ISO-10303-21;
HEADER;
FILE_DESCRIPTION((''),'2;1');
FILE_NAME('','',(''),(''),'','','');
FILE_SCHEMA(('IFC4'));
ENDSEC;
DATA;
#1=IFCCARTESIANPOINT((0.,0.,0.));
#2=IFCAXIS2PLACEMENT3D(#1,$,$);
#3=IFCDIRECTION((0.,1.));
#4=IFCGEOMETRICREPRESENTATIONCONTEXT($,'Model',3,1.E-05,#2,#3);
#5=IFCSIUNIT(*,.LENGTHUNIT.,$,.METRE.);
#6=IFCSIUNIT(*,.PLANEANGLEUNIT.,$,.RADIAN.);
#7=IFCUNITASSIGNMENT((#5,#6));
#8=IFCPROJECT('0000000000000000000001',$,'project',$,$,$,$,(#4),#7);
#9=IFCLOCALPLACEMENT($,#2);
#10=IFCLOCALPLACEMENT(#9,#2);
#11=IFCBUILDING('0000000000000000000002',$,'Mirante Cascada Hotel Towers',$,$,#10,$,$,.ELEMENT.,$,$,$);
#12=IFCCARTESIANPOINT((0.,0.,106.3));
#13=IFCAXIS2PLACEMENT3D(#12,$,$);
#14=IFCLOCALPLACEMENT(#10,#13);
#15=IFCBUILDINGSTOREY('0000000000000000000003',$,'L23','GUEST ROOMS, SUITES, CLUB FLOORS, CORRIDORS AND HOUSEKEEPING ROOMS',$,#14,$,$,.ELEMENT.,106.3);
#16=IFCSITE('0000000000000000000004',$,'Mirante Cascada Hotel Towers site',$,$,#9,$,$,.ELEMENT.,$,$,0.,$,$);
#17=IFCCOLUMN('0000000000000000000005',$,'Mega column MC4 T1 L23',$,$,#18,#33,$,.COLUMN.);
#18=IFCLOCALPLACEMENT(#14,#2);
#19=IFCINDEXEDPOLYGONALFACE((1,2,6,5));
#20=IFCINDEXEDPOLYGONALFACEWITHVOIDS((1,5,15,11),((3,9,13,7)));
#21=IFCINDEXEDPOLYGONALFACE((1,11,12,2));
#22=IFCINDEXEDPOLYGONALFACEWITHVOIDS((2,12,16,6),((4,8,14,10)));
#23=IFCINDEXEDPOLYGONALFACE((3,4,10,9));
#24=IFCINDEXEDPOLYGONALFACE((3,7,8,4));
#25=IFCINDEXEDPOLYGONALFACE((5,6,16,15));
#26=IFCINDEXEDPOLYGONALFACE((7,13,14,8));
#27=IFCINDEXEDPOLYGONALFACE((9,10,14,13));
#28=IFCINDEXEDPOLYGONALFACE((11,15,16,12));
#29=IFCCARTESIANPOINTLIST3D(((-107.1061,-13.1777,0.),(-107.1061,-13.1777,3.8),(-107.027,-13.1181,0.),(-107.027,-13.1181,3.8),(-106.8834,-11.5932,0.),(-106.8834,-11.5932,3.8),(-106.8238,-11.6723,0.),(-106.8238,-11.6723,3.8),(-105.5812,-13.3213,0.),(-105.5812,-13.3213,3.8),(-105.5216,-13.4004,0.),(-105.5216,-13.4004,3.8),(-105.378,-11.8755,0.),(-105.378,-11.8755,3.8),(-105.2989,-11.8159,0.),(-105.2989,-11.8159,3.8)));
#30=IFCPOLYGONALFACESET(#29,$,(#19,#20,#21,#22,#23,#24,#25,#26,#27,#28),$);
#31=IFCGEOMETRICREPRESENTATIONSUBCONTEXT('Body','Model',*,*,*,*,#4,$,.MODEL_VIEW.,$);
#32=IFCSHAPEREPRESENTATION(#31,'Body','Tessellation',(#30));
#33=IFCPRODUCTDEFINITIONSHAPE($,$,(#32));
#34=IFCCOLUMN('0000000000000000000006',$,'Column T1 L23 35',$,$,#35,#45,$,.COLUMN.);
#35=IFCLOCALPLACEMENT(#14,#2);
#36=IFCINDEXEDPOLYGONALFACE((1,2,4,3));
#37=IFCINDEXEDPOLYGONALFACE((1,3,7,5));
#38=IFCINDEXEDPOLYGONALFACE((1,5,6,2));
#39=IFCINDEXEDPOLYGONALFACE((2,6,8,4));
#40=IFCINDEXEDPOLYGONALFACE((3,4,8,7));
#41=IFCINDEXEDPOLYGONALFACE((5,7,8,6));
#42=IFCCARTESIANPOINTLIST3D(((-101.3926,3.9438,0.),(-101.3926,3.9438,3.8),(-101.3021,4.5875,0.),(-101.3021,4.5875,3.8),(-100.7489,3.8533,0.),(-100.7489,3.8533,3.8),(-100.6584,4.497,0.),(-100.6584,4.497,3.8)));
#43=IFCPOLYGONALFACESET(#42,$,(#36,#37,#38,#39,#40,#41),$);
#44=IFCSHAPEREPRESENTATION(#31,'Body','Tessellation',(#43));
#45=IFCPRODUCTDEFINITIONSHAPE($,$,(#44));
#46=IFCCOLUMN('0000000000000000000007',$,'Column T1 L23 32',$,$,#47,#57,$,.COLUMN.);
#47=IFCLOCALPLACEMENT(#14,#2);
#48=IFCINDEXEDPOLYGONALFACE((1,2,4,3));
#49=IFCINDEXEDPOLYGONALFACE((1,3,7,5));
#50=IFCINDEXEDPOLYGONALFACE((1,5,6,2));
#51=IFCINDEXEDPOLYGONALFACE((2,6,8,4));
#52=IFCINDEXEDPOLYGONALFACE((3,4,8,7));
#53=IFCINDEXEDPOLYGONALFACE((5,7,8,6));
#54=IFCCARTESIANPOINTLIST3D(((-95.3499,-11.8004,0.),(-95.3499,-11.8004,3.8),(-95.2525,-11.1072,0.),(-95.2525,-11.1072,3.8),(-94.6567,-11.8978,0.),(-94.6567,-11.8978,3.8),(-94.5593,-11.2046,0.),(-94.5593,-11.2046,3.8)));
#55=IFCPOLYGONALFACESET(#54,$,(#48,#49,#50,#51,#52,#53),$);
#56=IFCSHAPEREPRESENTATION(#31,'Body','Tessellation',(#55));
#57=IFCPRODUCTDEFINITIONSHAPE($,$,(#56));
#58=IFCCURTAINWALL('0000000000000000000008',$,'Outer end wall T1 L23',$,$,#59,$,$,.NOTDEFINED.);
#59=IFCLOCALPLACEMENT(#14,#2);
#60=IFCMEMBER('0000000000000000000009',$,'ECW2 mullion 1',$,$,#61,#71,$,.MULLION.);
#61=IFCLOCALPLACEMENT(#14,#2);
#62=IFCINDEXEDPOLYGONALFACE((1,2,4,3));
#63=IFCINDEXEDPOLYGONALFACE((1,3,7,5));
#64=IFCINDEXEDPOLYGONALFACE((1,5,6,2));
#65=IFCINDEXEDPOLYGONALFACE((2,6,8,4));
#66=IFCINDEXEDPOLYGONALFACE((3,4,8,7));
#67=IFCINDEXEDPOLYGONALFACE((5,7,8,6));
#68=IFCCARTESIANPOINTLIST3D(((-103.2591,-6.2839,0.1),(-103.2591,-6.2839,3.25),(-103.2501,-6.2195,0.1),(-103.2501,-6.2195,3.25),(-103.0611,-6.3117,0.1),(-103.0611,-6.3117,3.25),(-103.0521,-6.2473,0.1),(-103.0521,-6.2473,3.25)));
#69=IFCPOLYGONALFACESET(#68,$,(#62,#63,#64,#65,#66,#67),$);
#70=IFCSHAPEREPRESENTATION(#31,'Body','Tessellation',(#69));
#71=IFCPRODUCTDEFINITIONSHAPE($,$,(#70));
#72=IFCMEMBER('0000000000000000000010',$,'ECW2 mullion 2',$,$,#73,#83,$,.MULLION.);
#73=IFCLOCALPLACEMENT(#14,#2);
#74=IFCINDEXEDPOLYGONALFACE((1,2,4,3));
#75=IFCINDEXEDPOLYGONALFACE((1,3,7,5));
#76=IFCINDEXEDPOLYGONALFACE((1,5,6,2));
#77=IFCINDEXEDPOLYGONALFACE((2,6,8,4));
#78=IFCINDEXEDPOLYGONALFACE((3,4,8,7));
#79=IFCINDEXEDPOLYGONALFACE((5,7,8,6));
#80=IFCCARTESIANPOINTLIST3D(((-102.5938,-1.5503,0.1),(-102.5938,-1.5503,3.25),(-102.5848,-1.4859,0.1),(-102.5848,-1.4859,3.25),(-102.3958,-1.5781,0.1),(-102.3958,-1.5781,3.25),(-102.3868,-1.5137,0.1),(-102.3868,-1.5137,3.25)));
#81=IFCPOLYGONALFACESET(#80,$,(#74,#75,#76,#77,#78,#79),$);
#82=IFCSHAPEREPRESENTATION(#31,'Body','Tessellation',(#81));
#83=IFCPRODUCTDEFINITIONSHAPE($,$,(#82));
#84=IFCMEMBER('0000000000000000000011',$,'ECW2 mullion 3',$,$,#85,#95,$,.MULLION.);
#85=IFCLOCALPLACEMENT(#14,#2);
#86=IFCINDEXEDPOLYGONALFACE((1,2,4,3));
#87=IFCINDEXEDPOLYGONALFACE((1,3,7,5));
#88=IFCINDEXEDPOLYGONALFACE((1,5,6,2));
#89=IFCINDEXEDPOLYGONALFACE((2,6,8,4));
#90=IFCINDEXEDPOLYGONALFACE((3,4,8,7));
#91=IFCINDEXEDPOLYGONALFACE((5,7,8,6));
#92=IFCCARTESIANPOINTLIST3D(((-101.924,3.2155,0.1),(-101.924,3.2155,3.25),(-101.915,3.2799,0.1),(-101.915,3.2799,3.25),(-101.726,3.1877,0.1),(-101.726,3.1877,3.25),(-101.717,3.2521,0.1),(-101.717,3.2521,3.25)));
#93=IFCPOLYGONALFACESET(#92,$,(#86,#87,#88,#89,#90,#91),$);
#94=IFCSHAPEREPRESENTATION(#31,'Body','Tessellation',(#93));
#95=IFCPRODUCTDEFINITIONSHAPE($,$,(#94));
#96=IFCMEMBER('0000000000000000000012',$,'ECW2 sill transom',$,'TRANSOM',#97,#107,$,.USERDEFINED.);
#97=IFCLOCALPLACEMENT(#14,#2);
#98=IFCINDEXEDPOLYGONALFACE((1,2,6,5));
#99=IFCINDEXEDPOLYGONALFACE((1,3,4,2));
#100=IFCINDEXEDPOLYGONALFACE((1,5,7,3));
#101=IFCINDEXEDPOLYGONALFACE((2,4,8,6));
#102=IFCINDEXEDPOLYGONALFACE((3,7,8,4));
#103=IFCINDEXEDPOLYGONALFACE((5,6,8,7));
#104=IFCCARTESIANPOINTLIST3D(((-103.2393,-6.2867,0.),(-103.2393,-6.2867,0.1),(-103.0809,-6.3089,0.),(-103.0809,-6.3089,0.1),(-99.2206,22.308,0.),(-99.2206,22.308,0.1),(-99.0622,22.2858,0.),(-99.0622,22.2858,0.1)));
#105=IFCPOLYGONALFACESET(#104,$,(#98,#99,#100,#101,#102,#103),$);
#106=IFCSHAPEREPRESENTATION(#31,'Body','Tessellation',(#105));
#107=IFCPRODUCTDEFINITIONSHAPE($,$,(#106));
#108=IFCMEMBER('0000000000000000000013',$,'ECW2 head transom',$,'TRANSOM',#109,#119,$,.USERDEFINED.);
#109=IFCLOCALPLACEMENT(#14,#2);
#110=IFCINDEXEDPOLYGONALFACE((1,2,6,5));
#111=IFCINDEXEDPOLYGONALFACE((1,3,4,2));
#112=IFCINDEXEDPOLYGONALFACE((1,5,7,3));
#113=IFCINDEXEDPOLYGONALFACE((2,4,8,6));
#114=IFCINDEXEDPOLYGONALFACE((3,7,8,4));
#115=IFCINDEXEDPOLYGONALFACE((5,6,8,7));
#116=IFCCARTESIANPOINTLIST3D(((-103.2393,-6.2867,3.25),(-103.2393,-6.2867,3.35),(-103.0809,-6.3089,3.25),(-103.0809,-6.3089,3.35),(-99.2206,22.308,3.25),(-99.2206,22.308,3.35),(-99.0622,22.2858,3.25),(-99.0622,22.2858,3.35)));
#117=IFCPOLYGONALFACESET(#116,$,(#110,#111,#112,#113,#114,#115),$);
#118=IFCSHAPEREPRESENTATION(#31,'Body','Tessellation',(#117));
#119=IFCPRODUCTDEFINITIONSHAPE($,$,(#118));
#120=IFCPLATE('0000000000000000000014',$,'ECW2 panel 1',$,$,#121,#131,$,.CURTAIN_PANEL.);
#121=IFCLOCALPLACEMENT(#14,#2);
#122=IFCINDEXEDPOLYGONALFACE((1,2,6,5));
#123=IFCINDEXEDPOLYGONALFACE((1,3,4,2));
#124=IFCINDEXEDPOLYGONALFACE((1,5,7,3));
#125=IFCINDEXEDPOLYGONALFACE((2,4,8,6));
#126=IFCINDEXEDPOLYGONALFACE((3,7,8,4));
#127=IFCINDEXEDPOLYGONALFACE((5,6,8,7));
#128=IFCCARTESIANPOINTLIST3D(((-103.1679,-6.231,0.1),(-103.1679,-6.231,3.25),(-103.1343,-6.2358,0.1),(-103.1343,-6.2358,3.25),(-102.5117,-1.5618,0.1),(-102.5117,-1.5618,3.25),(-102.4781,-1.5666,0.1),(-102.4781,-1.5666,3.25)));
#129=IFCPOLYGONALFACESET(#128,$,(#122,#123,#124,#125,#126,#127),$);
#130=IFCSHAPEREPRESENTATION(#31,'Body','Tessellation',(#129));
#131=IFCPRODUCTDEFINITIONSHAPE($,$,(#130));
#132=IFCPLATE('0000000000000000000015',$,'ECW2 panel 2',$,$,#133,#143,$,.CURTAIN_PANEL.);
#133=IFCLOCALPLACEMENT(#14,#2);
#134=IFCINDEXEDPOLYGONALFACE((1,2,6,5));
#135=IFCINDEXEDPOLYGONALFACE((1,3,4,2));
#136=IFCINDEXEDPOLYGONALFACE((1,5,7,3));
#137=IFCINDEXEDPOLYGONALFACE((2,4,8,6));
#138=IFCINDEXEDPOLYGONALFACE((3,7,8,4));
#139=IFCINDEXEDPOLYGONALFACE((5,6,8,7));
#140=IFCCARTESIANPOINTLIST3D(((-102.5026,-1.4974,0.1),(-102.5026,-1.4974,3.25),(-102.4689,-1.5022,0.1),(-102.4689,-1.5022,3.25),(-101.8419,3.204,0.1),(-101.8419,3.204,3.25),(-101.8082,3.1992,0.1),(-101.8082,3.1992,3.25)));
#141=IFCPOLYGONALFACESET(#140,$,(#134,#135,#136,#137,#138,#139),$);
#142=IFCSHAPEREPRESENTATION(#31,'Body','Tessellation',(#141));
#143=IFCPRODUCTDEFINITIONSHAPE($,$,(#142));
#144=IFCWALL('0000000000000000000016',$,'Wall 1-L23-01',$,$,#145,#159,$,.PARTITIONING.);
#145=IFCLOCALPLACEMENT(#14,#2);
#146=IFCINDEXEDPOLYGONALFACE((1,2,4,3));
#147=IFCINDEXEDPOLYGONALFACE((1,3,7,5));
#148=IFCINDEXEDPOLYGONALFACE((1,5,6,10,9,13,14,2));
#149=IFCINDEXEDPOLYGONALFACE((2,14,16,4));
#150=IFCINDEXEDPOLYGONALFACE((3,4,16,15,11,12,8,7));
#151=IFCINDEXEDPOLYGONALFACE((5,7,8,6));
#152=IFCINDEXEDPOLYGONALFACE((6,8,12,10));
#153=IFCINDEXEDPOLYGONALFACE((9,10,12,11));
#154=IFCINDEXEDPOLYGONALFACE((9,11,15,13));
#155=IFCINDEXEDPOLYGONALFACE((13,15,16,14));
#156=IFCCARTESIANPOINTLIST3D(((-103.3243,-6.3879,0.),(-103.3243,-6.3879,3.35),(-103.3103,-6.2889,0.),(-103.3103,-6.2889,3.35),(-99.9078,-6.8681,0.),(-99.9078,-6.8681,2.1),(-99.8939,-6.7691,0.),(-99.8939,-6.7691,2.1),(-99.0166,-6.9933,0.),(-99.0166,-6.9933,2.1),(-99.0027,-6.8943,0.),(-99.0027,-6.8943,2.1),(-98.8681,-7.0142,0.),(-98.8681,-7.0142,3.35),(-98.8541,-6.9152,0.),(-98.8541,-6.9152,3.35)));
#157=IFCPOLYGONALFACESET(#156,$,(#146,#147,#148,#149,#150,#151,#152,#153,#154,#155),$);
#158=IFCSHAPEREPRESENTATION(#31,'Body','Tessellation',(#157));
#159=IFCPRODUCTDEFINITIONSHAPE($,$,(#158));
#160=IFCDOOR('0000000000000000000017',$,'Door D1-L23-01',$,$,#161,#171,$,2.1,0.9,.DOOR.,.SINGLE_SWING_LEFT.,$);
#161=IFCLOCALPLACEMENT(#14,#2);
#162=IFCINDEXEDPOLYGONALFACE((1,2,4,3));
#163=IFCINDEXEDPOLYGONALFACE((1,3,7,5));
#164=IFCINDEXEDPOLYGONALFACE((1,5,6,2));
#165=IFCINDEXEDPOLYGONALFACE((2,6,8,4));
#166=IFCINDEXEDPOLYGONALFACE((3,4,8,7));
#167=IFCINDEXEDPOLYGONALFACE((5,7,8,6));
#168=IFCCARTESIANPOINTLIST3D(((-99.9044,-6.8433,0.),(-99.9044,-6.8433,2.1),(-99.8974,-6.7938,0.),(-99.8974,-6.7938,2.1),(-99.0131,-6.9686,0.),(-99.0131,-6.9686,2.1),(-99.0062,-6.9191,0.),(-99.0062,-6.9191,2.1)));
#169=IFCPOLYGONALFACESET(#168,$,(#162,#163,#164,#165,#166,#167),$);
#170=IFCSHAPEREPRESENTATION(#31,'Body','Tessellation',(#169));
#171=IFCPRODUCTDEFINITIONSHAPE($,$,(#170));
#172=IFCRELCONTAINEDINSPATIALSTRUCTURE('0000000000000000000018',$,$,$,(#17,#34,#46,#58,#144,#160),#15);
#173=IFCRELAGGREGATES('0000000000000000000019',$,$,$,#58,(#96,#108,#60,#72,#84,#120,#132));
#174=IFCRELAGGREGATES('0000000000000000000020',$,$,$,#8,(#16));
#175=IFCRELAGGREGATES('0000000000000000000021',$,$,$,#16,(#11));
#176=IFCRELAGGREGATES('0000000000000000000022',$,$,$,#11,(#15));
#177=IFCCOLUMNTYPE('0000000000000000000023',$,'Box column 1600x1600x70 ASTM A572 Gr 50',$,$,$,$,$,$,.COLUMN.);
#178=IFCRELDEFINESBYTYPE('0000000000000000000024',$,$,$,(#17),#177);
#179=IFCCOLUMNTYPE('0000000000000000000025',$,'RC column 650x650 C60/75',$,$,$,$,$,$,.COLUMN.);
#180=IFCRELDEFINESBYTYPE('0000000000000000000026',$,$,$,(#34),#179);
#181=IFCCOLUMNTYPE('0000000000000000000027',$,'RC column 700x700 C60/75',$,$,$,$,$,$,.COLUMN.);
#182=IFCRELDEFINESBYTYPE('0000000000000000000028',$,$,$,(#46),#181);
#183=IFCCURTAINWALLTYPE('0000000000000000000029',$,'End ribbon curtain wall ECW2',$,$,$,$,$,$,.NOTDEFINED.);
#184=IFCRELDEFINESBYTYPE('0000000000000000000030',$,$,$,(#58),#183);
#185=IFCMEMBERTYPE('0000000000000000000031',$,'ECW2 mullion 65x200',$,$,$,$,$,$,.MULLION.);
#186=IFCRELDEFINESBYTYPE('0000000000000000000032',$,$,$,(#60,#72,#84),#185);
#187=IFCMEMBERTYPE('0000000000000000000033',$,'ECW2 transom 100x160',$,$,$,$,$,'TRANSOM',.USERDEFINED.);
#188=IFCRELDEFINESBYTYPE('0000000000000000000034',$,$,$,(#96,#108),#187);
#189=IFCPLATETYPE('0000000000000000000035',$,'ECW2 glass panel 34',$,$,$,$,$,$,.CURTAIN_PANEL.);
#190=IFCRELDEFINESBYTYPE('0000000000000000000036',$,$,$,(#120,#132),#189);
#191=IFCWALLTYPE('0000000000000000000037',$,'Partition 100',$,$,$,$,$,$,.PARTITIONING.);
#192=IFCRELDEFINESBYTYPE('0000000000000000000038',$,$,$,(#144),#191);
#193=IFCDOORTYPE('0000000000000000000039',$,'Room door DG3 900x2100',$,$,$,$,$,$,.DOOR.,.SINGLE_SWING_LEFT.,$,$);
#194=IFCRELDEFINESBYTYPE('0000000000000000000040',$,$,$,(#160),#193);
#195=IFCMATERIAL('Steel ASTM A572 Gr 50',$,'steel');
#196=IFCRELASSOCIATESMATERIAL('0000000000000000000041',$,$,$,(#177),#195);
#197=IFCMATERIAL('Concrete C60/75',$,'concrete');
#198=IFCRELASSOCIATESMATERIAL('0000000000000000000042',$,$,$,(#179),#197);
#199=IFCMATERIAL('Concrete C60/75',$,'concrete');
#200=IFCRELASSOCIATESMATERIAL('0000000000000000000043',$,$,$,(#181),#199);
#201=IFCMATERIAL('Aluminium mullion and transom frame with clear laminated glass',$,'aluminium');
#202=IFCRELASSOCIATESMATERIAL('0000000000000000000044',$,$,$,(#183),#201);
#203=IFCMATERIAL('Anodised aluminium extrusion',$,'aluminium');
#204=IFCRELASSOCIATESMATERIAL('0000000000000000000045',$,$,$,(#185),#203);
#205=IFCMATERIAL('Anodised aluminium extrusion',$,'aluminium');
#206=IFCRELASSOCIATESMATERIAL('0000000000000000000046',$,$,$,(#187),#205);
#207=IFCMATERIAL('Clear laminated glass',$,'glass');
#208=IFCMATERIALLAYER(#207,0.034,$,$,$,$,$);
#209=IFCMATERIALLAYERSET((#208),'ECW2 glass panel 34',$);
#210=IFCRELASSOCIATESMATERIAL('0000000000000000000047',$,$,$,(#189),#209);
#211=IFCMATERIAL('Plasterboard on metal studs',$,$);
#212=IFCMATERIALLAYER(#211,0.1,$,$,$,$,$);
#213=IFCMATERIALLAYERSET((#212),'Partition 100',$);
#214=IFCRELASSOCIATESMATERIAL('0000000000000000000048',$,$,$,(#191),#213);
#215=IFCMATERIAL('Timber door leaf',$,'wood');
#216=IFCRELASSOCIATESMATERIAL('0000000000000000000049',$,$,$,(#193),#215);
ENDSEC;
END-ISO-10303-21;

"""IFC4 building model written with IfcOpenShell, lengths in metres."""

from ifc_helpers import new_model, si_unit, direction, frame, frame_2d, origin, origin_2d, place, context, subcontext, project, spatial, rectangle, hollow_rectangle, extrude, material, layer, layer_set, material_profile, profile_set, type_object, element, fill, aggregate, save


model = new_model("IFC4")

# Units and contexts
model_context = context("Model", 3, precision=1e-05, world=origin(), true_north=direction((0.0, 1.0)))
body_context = subcontext(model_context, "Body", "Model", "MODEL_VIEW")
ifc_project = project(units=[si_unit("LENGTHUNIT", "METRE"), si_unit("PLANEANGLEUNIT", "RADIAN")], contexts=[model_context])

# Site, building, storey
site_placement = place(None, origin())
site = spatial("IfcSite", under=ifc_project, at=site_placement, Name="Mirante Cascada Hotel Towers site", CompositionType="ELEMENT", RefElevation=0.0)
building_placement = place(site_placement, origin())
building = spatial("IfcBuilding", under=site, at=building_placement, Name="Mirante Cascada Hotel Towers", CompositionType="ELEMENT")
storey_placement = place(building_placement, frame((0.0, 0.0, 106.3)))
storey = spatial("IfcBuildingStorey", under=building, at=storey_placement, Name="L23", Description="GUEST ROOMS, SUITES, CLUB FLOORS, CORRIDORS AND HOUSEKEEPING ROOMS", CompositionType="ELEMENT", Elevation=106.3)

# Columns
ifc_material_1 = material(Name="Steel ASTM A572 Gr 50", Category="steel")
ifc_material_profile_1 = material_profile(ifc_material_1, hollow_rectangle(XDim=1.6, YDim=1.6, WallThickness=0.07, at=origin_2d()), Name="Box column 1600x1600x70 ASTM A572 Gr 50")
ifc_profile_set_1 = profile_set([ifc_material_profile_1], Name="Steel ASTM A572 Gr 50")
column_type_1 = type_object("IfcColumnType", Name="Box column 1600x1600x70 ASTM A572 Gr 50", PredefinedType="COLUMN", material=ifc_profile_set_1)
column_1_placement = place(storey_placement, frame((-106.2025, -12.4968, 0.0), z_axis=(0.0, 0.0, 1.0), x_axis=(-0.990268, 0.139173, 0.0)))
element("IfcColumn", 1, at=column_1_placement, inside=storey, type_object=column_type_1, Name="Mega column MC4 T1 L23", PredefinedType="COLUMN", context=body_context, shape_type="SweptSolid", body=[
    extrude(hollow_rectangle(XDim=1.6, YDim=1.6, WallThickness=0.07, at=origin_2d()), origin(), (0.0, 0.0, 1.0), 3.8),
])
ifc_material_2 = material(Name="Concrete C60/75", Category="concrete")
ifc_material_profile_2 = material_profile(ifc_material_2, rectangle(XDim=0.65, YDim=0.65, at=origin_2d()), Name="RC column 650x650 C60/75")
ifc_profile_set_2 = profile_set([ifc_material_profile_2], Name="Concrete C60/75")
column_type_2 = type_object("IfcColumnType", Name="RC column 650x650 C60/75", PredefinedType="COLUMN", material=ifc_profile_set_2)
column_2_placement = place(storey_placement, frame((-101.0255, 4.2204, 0.0), z_axis=(0.0, 0.0, 1.0), x_axis=(-0.990268, 0.139173, 0.0)))
element("IfcColumn", 2, at=column_2_placement, inside=storey, type_object=column_type_2, Name="Column T1 L23 35", PredefinedType="COLUMN", context=body_context, shape_type="SweptSolid", body=[
    extrude(rectangle(XDim=0.65, YDim=0.65, at=origin_2d()), origin(), (0.0, 0.0, 1.0), 3.8),
])
ifc_material_3 = material(Name="Concrete C60/75", Category="concrete")
ifc_material_profile_3 = material_profile(ifc_material_3, rectangle(XDim=0.7, YDim=0.7, at=origin_2d()), Name="RC column 700x700 C60/75")
ifc_profile_set_3 = profile_set([ifc_material_profile_3], Name="Concrete C60/75")
column_type_3 = type_object("IfcColumnType", Name="RC column 700x700 C60/75", PredefinedType="COLUMN", material=ifc_profile_set_3)
column_3_placement = place(storey_placement, frame((-94.9546, -11.5025, 0.0), z_axis=(0.0, 0.0, 1.0), x_axis=(-0.990268, 0.139173, 0.0)))
element("IfcColumn", 3, at=column_3_placement, inside=storey, type_object=column_type_3, Name="Column T1 L23 32", PredefinedType="COLUMN", context=body_context, shape_type="SweptSolid", body=[
    extrude(rectangle(XDim=0.7, YDim=0.7, at=origin_2d()), origin(), (0.0, 0.0, 1.0), 3.8),
])

# Curtain wall, members, plates
ifc_material_4 = material(Name="Aluminium mullion and transom frame with clear laminated glass", Category="aluminium")
curtain_wall_type = type_object("IfcCurtainWallType", Name="End ribbon curtain wall ECW2", PredefinedType="NOTDEFINED", material=ifc_material_4)
curtain_wall_placement = place(storey_placement, origin())
curtain_wall = element("IfcCurtainWall", 4, at=curtain_wall_placement, inside=storey, type_object=curtain_wall_type, Name="Outer end wall T1 L23", PredefinedType="NOTDEFINED")
ifc_material_5 = material(Name="Anodised aluminium extrusion", Category="aluminium")
ifc_material_profile_4 = material_profile(ifc_material_5, rectangle(XDim=0.2, YDim=0.065, at=origin_2d()), Name="ECW2 MULLION 65x200")
ifc_profile_set_4 = profile_set([ifc_material_profile_4], Name="Anodised aluminium extrusion")
member_type_1 = type_object("IfcMemberType", Name="ECW2 mullion 65x200", PredefinedType="MULLION", material=ifc_profile_set_4)
member_1_placement = place(storey_placement, frame((-103.1556, -6.2656, 0.1), z_axis=(0.0, 0.0, 1.0), x_axis=(-0.990268, 0.139173, 0.0)))
member_1 = element("IfcMember", 5, at=member_1_placement, type_object=member_type_1, Name="ECW2 mullion 1", PredefinedType="MULLION", context=body_context, shape_type="SweptSolid", body=[
    extrude(rectangle(XDim=0.2, YDim=0.065, at=origin_2d()), origin(), (0.0, 0.0, 1.0), 3.15),
])
member_2_placement = place(storey_placement, frame((-102.4903, -1.532, 0.1), z_axis=(0.0, 0.0, 1.0), x_axis=(-0.990268, 0.139173, 0.0)))
member_2 = element("IfcMember", 6, at=member_2_placement, type_object=member_type_1, Name="ECW2 mullion 2", PredefinedType="MULLION", context=body_context, shape_type="SweptSolid", body=[
    extrude(rectangle(XDim=0.2, YDim=0.065, at=origin_2d()), origin(), (0.0, 0.0, 1.0), 3.15),
])
member_3_placement = place(storey_placement, frame((-101.8205, 3.2338, 0.1), z_axis=(0.0, 0.0, 1.0), x_axis=(-0.990268, 0.139173, 0.0)))
member_3 = element("IfcMember", 7, at=member_3_placement, type_object=member_type_1, Name="ECW2 mullion 3", PredefinedType="MULLION", context=body_context, shape_type="SweptSolid", body=[
    extrude(rectangle(XDim=0.2, YDim=0.065, at=origin_2d()), origin(), (0.0, 0.0, 1.0), 3.15),
])
ifc_material_6 = material(Name="Anodised aluminium extrusion", Category="aluminium")
ifc_material_profile_5 = material_profile(ifc_material_6, rectangle(XDim=0.16, YDim=0.1, at=origin_2d()), Name="ECW2 TRANSOM 100x160")
ifc_profile_set_5 = profile_set([ifc_material_profile_5], Name="Anodised aluminium extrusion")
member_type_2 = type_object("IfcMemberType", Name="ECW2 transom 100x160", ElementType="TRANSOM", PredefinedType="USERDEFINED", material=ifc_profile_set_5)
member_4_placement = place(storey_placement, frame((-103.1601, -6.2978, 0.05), z_axis=(0.139172, 0.990268, 0.0), x_axis=(-0.990268, 0.139172, 0.0)))
member_4 = element("IfcMember", 8, at=member_4_placement, type_object=member_type_2, Name="ECW2 sill transom", ObjectType="TRANSOM", PredefinedType="USERDEFINED", context=body_context, shape_type="SweptSolid", body=[
    extrude(rectangle(XDim=0.16, YDim=0.1, at=origin_2d()), origin(), (0.0, 0.0, 1.0), 28.8757),
])
member_5_placement = place(storey_placement, frame((-103.1601, -6.2978, 3.3), z_axis=(0.139172, 0.990268, 0.0), x_axis=(-0.990268, 0.139172, 0.0)))
member_5 = element("IfcMember", 9, at=member_5_placement, type_object=member_type_2, Name="ECW2 head transom", ObjectType="TRANSOM", PredefinedType="USERDEFINED", context=body_context, shape_type="SweptSolid", body=[
    extrude(rectangle(XDim=0.16, YDim=0.1, at=origin_2d()), origin(), (0.0, 0.0, 1.0), 28.8757),
])
ifc_material_7 = material(Name="Clear laminated glass", Category="glass")
ifc_layer_1 = layer(ifc_material_7, 0.034)
ifc_layer_set_1 = layer_set([ifc_layer_1], Name="ECW2 glass panel 34")
plate_type = type_object("IfcPlateType", Name="ECW2 glass panel 34", PredefinedType="CURTAIN_PANEL", material=ifc_layer_set_1)
plate_1_placement = place(storey_placement, frame((-102.823, -3.8988, 0.1), z_axis=(0.0, 0.0, 1.0), x_axis=(0.139173, 0.990268, 0.0)))
plate_1 = element("IfcPlate", 10, at=plate_1_placement, type_object=plate_type, Name="ECW2 panel 1", PredefinedType="CURTAIN_PANEL", context=body_context, shape_type="SweptSolid", body=[
    extrude(rectangle(XDim=4.7151, YDim=0.034, at=origin_2d()), origin(), (0.0, 0.0, 1.0), 3.15),
])
plate_2_placement = place(storey_placement, frame((-102.1554, 0.8509, 0.1), z_axis=(0.0, 0.0, 1.0), x_axis=(0.139173, 0.990268, 0.0)))
plate_2 = element("IfcPlate", 11, at=plate_2_placement, type_object=plate_type, Name="ECW2 panel 2", PredefinedType="CURTAIN_PANEL", context=body_context, shape_type="SweptSolid", body=[
    extrude(rectangle(XDim=4.7476, YDim=0.034, at=origin_2d()), origin(), (0.0, 0.0, 1.0), 3.15),
])
aggregate(curtain_wall, [member_4, member_5, member_1, member_2, member_3, plate_1, plate_2])

# Wall, opening, door
ifc_material_8 = material(Name="Plasterboard on metal studs")
ifc_layer_2 = layer(ifc_material_8, 0.1)
ifc_layer_set_2 = layer_set([ifc_layer_2], Name="Partition 100")
wall_type_1 = type_object("IfcWallType", Name="Partition 100", PredefinedType="PARTITIONING", material=ifc_layer_set_2)
wall_1_placement = place(storey_placement, frame((-103.3173, -6.3384, 0.0), z_axis=(0.0, 0.0, 1.0), x_axis=(0.990267, -0.139178, 0.0)))
wall_1 = element("IfcWall", 12, at=wall_1_placement, inside=storey, type_object=wall_type_1, Name="Wall 1-L23-01", PredefinedType="PARTITIONING", context=body_context, shape_type="SweptSolid", body=[
    extrude(rectangle(XDim=4.5, YDim=0.1, at=frame_2d((2.25, 0.0))), origin(), (0.0, 0.0, 1.0), 3.35),
])
opening_1_placement = place(wall_1_placement, frame((3.45, 0.0, 0.0)))
opening_1 = element("IfcOpeningElement", 13, at=opening_1_placement, cuts=wall_1, PredefinedType="OPENING", context=body_context, shape_type="SweptSolid", body=[
    extrude(rectangle(XDim=0.9, YDim=2.1, at=frame_2d((0.45, 1.05))), frame((0.0, 0.05, 0.0), z_axis=(0.0, -1.0, 0.0), x_axis=(1.0, 0.0, 0.0)), (0.0, 0.0, 1.0), 0.1),
])
ifc_material_9 = material(Name="Timber door leaf", Category="wood")
door_type = type_object("IfcDoorType", Name="Room door DG3 900x2100", OperationType="SINGLE_SWING_LEFT", PredefinedType="DOOR", material=ifc_material_9)
door_1_placement = place(opening_1_placement, origin())
door_1 = element("IfcDoor", 14, at=door_1_placement, inside=storey, type_object=door_type, Name="Door D1-L23-01", OperationType="SINGLE_SWING_LEFT", OverallHeight=2.1, OverallWidth=0.9, PredefinedType="DOOR", context=body_context, shape_type="SweptSolid", body=[
    extrude(rectangle(XDim=0.9, YDim=2.1, at=frame_2d((0.45, 1.05))), frame((0.0, 0.025, 0.0), z_axis=(0.0, -1.0, 0.0), x_axis=(1.0, 0.0, 0.0)), (0.0, 0.0, 1.0), 0.05),
])
fill(opening_1, door_1)

save(model, "model.ifc")
